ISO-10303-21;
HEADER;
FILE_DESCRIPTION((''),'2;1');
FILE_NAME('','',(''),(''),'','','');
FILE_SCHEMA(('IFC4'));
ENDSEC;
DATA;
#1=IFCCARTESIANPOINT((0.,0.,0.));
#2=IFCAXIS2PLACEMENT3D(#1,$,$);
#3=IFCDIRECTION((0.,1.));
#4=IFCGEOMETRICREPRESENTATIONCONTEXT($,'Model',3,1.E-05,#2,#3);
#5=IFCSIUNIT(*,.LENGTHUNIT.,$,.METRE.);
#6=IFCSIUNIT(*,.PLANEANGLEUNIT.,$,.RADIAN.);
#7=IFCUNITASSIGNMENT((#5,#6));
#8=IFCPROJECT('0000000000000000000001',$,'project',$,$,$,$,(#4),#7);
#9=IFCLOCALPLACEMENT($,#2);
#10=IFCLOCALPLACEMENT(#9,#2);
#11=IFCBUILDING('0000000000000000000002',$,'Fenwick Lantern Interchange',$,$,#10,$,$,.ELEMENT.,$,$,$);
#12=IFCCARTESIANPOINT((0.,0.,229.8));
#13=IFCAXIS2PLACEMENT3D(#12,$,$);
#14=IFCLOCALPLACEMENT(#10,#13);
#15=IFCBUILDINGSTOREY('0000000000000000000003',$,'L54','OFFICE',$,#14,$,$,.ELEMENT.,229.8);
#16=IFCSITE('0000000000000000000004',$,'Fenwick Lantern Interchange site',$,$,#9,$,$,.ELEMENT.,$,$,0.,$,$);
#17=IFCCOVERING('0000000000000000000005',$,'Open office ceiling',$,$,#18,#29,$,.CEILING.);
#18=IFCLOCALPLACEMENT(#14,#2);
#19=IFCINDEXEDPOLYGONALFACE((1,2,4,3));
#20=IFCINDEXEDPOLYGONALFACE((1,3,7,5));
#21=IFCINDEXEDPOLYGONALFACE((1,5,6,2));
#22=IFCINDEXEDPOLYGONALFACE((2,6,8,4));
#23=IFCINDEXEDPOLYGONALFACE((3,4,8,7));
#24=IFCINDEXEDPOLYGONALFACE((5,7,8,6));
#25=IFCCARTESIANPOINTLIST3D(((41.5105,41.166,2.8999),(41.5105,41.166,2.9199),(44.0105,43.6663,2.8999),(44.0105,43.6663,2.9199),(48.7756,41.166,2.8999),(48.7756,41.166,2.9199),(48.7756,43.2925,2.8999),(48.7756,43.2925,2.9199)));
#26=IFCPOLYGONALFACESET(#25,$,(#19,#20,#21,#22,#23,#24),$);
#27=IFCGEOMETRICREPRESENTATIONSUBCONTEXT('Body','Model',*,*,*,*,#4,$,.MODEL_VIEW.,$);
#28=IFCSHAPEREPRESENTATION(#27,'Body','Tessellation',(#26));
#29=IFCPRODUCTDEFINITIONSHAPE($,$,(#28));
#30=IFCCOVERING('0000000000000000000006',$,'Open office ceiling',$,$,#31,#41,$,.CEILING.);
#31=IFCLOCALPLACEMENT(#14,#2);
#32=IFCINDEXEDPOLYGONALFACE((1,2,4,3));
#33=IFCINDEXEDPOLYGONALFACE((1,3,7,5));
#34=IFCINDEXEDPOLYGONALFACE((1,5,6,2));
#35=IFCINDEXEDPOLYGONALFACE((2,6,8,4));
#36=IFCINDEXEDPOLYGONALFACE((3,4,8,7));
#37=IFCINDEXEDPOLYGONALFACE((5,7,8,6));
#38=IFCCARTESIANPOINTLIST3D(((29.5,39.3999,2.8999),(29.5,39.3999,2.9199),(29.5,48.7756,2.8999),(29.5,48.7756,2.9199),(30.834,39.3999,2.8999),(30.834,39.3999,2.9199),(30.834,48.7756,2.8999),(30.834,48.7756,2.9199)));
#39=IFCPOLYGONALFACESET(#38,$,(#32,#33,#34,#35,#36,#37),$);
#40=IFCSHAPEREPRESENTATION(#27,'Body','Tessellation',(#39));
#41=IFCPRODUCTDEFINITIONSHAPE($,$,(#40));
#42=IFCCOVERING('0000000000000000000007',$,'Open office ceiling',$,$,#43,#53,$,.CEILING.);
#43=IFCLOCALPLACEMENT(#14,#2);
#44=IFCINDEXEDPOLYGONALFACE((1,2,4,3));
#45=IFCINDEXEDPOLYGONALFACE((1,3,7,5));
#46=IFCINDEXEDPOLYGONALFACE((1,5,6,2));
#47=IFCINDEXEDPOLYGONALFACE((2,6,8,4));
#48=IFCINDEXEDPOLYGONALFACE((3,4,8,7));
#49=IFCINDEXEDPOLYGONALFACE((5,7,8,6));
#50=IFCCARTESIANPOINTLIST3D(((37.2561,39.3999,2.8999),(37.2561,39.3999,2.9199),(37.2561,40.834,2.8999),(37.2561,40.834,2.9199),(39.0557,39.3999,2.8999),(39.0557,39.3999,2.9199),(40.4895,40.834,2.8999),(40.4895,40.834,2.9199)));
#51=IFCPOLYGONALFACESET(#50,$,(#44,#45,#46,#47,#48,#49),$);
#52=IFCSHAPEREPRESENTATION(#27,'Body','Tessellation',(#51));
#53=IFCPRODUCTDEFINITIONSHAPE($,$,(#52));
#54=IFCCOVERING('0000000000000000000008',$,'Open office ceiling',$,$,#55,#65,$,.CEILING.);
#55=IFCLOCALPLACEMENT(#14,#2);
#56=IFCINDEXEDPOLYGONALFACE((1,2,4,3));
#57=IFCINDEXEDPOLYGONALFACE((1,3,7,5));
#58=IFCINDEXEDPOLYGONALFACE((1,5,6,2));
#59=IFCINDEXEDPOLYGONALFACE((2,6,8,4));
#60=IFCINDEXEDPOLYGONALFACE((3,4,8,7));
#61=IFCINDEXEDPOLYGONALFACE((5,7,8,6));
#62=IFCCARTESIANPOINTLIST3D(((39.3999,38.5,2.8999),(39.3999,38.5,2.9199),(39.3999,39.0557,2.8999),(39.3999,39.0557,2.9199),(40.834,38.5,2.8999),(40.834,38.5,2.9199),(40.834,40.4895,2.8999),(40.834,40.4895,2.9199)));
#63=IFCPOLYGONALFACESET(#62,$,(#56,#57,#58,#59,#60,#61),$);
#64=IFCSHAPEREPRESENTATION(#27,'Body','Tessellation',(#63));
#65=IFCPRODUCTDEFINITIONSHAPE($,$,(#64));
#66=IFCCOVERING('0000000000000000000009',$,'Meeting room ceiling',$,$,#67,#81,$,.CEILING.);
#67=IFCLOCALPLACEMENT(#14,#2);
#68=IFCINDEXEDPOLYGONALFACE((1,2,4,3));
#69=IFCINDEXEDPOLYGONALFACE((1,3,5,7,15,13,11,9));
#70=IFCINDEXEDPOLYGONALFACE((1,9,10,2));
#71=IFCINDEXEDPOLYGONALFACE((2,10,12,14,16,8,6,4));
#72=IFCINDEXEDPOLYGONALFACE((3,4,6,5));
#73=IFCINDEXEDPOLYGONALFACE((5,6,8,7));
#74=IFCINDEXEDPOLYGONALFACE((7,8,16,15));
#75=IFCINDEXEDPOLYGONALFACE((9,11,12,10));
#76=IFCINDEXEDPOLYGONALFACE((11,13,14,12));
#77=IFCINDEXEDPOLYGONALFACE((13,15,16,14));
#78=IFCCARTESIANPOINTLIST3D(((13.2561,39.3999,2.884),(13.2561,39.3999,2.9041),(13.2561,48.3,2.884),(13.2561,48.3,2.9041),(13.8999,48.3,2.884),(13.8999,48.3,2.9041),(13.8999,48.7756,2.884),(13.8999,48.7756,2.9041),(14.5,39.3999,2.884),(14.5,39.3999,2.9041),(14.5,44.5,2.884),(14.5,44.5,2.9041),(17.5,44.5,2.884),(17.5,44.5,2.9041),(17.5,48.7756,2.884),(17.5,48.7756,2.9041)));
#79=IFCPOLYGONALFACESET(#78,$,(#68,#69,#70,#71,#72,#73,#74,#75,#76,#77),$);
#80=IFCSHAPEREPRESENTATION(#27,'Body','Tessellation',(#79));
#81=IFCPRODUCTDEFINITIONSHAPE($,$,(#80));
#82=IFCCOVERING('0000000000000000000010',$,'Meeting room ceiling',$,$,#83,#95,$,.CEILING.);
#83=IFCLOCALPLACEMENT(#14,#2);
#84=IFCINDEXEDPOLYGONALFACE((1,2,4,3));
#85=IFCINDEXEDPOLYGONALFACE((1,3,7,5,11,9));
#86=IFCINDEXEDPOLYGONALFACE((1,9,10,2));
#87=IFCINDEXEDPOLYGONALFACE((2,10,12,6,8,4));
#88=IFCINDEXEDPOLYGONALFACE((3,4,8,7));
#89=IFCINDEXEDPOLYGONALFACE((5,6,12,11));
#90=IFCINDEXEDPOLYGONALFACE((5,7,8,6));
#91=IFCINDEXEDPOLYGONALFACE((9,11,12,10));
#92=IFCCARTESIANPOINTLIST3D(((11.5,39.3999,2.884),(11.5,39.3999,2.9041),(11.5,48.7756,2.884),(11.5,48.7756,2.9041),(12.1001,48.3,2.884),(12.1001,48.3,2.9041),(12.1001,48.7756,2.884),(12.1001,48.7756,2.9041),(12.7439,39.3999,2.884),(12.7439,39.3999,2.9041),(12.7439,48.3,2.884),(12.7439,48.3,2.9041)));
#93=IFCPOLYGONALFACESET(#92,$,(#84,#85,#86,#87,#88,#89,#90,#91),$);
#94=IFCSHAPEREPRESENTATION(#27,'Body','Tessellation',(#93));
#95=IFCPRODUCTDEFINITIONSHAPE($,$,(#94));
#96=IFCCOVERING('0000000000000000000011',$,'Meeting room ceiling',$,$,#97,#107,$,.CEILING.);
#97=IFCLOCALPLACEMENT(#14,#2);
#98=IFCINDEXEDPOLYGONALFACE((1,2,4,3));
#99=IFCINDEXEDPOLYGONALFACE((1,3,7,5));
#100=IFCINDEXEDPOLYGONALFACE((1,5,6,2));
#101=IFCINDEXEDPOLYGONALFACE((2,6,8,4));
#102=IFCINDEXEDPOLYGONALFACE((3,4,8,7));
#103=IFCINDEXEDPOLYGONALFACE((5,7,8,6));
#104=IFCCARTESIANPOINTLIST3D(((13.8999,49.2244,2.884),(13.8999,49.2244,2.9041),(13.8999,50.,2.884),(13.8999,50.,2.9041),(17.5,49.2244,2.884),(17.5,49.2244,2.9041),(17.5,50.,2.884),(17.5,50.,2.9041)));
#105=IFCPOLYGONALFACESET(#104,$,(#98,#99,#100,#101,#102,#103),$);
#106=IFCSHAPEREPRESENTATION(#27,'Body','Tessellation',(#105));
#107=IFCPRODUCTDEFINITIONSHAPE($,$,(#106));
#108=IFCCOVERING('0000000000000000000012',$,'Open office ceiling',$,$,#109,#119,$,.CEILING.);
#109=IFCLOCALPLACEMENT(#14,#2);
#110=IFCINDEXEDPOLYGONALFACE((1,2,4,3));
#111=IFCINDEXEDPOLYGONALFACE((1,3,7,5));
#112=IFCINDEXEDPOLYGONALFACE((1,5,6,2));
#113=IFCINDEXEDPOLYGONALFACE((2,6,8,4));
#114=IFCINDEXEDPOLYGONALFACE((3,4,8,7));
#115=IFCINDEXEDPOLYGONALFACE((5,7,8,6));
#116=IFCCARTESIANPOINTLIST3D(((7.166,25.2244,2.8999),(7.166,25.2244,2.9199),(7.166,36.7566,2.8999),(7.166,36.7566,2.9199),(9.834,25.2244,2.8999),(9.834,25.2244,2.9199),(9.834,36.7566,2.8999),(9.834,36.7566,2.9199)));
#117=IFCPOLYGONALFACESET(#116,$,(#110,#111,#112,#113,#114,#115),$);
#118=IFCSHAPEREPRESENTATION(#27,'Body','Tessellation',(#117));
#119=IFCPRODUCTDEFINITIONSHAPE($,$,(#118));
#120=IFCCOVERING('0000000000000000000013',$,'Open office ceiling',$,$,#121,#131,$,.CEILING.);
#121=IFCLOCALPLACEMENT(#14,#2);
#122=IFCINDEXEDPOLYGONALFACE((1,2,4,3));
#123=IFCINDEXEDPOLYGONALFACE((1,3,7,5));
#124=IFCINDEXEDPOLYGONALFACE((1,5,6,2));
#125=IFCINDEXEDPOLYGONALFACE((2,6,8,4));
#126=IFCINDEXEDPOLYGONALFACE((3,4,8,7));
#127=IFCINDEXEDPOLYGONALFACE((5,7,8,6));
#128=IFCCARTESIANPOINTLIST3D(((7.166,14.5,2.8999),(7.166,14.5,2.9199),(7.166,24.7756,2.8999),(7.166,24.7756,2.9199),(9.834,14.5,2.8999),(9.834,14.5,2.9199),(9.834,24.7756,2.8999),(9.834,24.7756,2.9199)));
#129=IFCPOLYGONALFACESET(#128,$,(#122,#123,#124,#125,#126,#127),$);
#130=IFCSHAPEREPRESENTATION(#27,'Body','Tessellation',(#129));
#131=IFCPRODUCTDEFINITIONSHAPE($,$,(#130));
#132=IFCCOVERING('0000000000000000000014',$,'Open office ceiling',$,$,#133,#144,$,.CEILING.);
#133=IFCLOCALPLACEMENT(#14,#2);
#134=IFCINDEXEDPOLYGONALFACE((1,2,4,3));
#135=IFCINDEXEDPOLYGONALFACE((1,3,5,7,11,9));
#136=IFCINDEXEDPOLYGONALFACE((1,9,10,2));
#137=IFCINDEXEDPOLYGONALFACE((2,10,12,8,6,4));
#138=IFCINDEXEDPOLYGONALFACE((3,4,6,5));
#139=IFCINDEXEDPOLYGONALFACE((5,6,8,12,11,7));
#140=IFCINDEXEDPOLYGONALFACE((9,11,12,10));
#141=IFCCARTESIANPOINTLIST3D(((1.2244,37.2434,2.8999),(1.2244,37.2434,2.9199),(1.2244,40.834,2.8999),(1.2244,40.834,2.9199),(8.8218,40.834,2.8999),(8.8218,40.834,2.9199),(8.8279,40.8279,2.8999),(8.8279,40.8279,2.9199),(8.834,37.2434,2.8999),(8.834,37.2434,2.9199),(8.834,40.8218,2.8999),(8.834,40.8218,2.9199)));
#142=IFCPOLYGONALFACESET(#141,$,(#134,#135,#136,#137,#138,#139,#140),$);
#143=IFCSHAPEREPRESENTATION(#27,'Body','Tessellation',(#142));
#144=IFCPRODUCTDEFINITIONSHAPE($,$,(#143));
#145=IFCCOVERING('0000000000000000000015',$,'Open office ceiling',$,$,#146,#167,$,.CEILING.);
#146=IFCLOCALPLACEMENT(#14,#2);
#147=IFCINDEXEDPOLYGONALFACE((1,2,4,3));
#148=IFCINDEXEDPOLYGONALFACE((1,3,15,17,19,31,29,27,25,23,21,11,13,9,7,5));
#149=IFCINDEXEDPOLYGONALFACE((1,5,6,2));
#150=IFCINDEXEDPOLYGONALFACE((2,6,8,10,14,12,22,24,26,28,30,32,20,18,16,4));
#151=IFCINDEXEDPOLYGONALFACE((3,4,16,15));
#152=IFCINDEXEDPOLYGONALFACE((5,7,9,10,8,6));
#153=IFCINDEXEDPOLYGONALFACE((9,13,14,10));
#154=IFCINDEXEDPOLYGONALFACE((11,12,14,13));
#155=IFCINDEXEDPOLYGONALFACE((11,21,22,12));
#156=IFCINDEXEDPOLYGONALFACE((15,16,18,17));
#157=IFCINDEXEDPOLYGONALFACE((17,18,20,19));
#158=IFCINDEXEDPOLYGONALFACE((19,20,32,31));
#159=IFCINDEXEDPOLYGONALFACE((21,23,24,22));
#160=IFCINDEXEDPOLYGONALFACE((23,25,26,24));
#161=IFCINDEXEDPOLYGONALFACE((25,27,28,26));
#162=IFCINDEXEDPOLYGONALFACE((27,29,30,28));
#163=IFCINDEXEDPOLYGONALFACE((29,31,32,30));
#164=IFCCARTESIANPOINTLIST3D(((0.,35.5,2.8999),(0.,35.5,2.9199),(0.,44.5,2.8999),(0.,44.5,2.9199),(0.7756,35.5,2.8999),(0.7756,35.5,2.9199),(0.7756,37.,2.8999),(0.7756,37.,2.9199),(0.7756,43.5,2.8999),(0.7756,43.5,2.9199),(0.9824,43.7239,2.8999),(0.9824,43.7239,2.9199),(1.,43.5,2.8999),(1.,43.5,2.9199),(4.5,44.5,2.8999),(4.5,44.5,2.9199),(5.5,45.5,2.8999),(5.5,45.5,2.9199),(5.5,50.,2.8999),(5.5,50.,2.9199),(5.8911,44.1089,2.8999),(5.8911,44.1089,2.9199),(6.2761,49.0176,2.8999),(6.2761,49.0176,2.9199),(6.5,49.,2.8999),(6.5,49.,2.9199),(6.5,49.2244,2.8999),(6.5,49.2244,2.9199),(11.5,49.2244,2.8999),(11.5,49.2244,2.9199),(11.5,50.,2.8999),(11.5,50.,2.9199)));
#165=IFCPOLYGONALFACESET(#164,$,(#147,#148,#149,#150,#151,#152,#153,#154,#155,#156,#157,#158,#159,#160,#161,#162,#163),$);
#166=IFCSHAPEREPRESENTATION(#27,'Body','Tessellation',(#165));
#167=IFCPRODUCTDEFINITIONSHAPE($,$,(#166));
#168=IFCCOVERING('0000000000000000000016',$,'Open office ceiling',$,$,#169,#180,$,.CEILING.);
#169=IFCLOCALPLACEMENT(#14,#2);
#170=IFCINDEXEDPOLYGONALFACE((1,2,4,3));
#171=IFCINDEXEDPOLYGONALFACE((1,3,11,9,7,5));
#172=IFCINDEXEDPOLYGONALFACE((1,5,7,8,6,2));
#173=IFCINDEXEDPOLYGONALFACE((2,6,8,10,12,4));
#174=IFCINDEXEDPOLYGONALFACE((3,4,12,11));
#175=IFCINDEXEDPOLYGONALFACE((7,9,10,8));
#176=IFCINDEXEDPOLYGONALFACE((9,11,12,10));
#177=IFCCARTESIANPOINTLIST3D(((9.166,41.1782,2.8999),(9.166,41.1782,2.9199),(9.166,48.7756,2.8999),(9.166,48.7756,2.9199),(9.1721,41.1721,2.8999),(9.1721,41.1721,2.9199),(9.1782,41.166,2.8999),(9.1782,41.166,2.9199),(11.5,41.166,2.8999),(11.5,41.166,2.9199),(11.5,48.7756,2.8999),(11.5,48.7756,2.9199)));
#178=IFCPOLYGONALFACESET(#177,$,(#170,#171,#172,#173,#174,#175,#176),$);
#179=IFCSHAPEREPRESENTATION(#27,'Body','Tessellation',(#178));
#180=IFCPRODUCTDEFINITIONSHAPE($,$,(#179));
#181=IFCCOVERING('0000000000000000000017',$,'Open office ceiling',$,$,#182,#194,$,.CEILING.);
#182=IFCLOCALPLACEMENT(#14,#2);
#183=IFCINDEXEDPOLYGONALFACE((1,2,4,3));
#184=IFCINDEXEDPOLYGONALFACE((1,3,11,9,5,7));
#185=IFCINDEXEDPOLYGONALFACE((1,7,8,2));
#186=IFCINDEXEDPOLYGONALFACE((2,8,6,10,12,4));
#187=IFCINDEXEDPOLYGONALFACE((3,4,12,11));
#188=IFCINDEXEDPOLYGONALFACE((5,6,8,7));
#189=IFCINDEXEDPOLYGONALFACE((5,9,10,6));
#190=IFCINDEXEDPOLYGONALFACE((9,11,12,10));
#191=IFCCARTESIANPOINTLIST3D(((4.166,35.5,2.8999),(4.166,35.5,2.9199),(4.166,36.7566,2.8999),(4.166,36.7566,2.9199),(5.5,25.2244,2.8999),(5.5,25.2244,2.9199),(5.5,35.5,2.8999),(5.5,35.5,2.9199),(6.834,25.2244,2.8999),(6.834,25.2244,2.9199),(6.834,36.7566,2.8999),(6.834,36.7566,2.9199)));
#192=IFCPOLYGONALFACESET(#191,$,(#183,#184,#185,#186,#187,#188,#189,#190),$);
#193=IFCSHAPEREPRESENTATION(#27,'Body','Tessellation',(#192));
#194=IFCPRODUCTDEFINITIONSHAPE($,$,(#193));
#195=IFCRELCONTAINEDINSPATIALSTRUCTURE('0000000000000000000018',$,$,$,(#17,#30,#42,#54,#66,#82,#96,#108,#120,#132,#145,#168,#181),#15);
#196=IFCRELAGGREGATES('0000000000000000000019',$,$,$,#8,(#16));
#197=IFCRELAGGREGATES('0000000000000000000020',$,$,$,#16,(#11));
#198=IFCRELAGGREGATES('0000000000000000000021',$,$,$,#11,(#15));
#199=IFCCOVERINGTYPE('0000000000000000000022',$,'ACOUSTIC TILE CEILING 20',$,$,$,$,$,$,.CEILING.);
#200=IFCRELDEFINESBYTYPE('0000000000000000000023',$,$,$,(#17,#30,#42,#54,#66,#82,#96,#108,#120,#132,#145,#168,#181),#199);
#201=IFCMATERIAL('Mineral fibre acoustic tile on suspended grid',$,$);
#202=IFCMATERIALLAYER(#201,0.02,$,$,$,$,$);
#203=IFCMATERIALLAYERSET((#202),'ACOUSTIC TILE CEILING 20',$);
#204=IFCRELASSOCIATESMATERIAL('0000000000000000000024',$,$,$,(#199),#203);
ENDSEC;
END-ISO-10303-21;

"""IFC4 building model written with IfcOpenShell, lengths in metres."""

from ifc_helpers import new_model, si_unit, direction, frame, origin, place, context, subcontext, project, spatial, polyline, outline, extrude, material, layer, layer_set, type_object, element, save


model = new_model("IFC4")

# Units and contexts
model_context = context("Model", 3, precision=1e-05, world=origin(), true_north=direction((0.0, 1.0)))
body_context = subcontext(model_context, "Body", "Model", "MODEL_VIEW")
ifc_project = project(units=[si_unit("LENGTHUNIT", "METRE"), si_unit("PLANEANGLEUNIT", "RADIAN")], contexts=[model_context])

# Site, building, storey
site_placement = place(None, origin())
site = spatial("IfcSite", under=ifc_project, at=site_placement, Name="Fenwick Lantern Interchange site", CompositionType="ELEMENT", RefElevation=0.0)
building_placement = place(site_placement, origin())
building = spatial("IfcBuilding", under=site, at=building_placement, Name="Fenwick Lantern Interchange", CompositionType="ELEMENT")
storey_placement = place(building_placement, frame((0.0, 0.0, 229.8)))
storey = spatial("IfcBuildingStorey", under=building, at=storey_placement, Name="L54", Description="OFFICE", CompositionType="ELEMENT", Elevation=229.8)

# Coverings
ifc_material_1 = material(Name="Mineral fibre acoustic tile on suspended grid")
ifc_layer_1 = layer(ifc_material_1, 0.02)
ifc_layer_set_1 = layer_set([ifc_layer_1], Name="ACOUSTIC TILE CEILING 20")
covering_type_1 = type_object("IfcCoveringType", Name="ACOUSTIC TILE CEILING 20", PredefinedType="CEILING", material=ifc_layer_set_1)
covering_1_placement = place(storey_placement, frame((0.0, 0.0, 2.8999)))
element("IfcCovering", 1, at=covering_1_placement, inside=storey, type_object=covering_type_1, Name="Open office ceiling", PredefinedType="CEILING", context=body_context, shape_type="SweptSolid", body=[
    extrude(outline(polyline([(48.7756, 41.166), (48.7756, 43.2925), (44.0105, 43.6663), (41.5105, 41.166), (48.7756, 41.166)])), origin(), (0.0, 0.0, 1.0), 0.02),
])
covering_2_placement = place(storey_placement, frame((0.0, 0.0, 2.8999)))
element("IfcCovering", 2, at=covering_2_placement, inside=storey, type_object=covering_type_1, Name="Open office ceiling", PredefinedType="CEILING", context=body_context, shape_type="SweptSolid", body=[
    extrude(outline(polyline([(29.5, 39.3999), (30.834, 39.3999), (30.834, 48.7756), (29.5, 48.7756), (29.5, 39.3999)])), origin(), (0.0, 0.0, 1.0), 0.02),
])
covering_3_placement = place(storey_placement, frame((0.0, 0.0, 2.8999)))
element("IfcCovering", 3, at=covering_3_placement, inside=storey, type_object=covering_type_1, Name="Open office ceiling", PredefinedType="CEILING", context=body_context, shape_type="SweptSolid", body=[
    extrude(outline(polyline([(37.2561, 39.3999), (39.0557, 39.3999), (40.4895, 40.834), (37.2561, 40.834), (37.2561, 39.3999)])), origin(), (0.0, 0.0, 1.0), 0.02),
])
covering_4_placement = place(storey_placement, frame((0.0, 0.0, 2.8999)))
element("IfcCovering", 4, at=covering_4_placement, inside=storey, type_object=covering_type_1, Name="Open office ceiling", PredefinedType="CEILING", context=body_context, shape_type="SweptSolid", body=[
    extrude(outline(polyline([(39.3999, 38.5), (40.834, 38.5), (40.834, 40.4895), (39.3999, 39.0557), (39.3999, 38.5)])), origin(), (0.0, 0.0, 1.0), 0.02),
])
covering_5_placement = place(storey_placement, frame((0.0, 0.0, 2.884)))
element("IfcCovering", 5, at=covering_5_placement, inside=storey, type_object=covering_type_1, Name="Meeting room ceiling", PredefinedType="CEILING", context=body_context, shape_type="SweptSolid", body=[
    extrude(outline(polyline([(13.8999, 48.3), (13.2561, 48.3), (13.2561, 39.3999), (14.5, 39.3999), (14.5, 44.5), (17.5, 44.5), (17.5, 48.7756), (13.8999, 48.7756), (13.8999, 48.3)])), origin(), (0.0, 0.0, 1.0), 0.02),
])
covering_6_placement = place(storey_placement, frame((0.0, 0.0, 2.884)))
element("IfcCovering", 6, at=covering_6_placement, inside=storey, type_object=covering_type_1, Name="Meeting room ceiling", PredefinedType="CEILING", context=body_context, shape_type="SweptSolid", body=[
    extrude(outline(polyline([(12.1001, 48.3), (12.1001, 48.7756), (11.5, 48.7756), (11.5, 39.3999), (12.7439, 39.3999), (12.7439, 48.3), (12.1001, 48.3)])), origin(), (0.0, 0.0, 1.0), 0.02),
])
covering_7_placement = place(storey_placement, frame((0.0, 0.0, 2.884)))
element("IfcCovering", 7, at=covering_7_placement, inside=storey, type_object=covering_type_1, Name="Meeting room ceiling", PredefinedType="CEILING", context=body_context, shape_type="SweptSolid", body=[
    extrude(outline(polyline([(13.8999, 50.0), (13.8999, 49.2244), (17.5, 49.2244), (17.5, 50.0), (13.8999, 50.0)])), origin(), (0.0, 0.0, 1.0), 0.02),
])
covering_8_placement = place(storey_placement, frame((0.0, 0.0, 2.8999)))
element("IfcCovering", 8, at=covering_8_placement, inside=storey, type_object=covering_type_1, Name="Open office ceiling", PredefinedType="CEILING", context=body_context, shape_type="SweptSolid", body=[
    extrude(outline(polyline([(7.166, 36.7566), (7.166, 25.2244), (9.834, 25.2244), (9.834, 36.7566), (7.166, 36.7566)])), origin(), (0.0, 0.0, 1.0), 0.02),
])
covering_9_placement = place(storey_placement, frame((0.0, 0.0, 2.8999)))
element("IfcCovering", 9, at=covering_9_placement, inside=storey, type_object=covering_type_1, Name="Open office ceiling", PredefinedType="CEILING", context=body_context, shape_type="SweptSolid", body=[
    extrude(outline(polyline([(7.166, 14.5), (9.834, 14.5), (9.834, 24.7756), (7.166, 24.7756), (7.166, 14.5)])), origin(), (0.0, 0.0, 1.0), 0.02),
])
covering_10_placement = place(storey_placement, frame((0.0, 0.0, 2.8999)))
element("IfcCovering", 10, at=covering_10_placement, inside=storey, type_object=covering_type_1, Name="Open office ceiling", PredefinedType="CEILING", context=body_context, shape_type="SweptSolid", body=[
    extrude(outline(polyline([(8.8218, 40.834), (1.2244, 40.834), (1.2244, 37.2434), (8.834, 37.2434), (8.834, 40.8218), (8.8279, 40.8279), (8.8218, 40.834)])), origin(), (0.0, 0.0, 1.0), 0.02),
])
covering_11_placement = place(storey_placement, frame((0.0, 0.0, 2.8999)))
element("IfcCovering", 11, at=covering_11_placement, inside=storey, type_object=covering_type_1, Name="Open office ceiling", PredefinedType="CEILING", context=body_context, shape_type="SweptSolid", body=[
    extrude(outline(polyline([(11.5, 49.2244), (11.5, 50.0), (5.5, 50.0), (5.5, 45.5), (4.5, 44.5), (0.0, 44.5), (0.0, 35.5), (0.7756, 35.5), (0.7756, 37.0), (0.7756, 37.0), (0.7756, 43.5), (1.0, 43.5), (0.9824, 43.7239), (5.8911, 44.1089), (6.2761, 49.0176), (6.5, 49.0), (6.5, 49.2244), (11.5, 49.2244)])), origin(), (0.0, 0.0, 1.0), 0.02),
])
covering_12_placement = place(storey_placement, frame((0.0, 0.0, 2.8999)))
element("IfcCovering", 12, at=covering_12_placement, inside=storey, type_object=covering_type_1, Name="Open office ceiling", PredefinedType="CEILING", context=body_context, shape_type="SweptSolid", body=[
    extrude(outline(polyline([(11.5, 41.166), (11.5, 48.7756), (9.166, 48.7756), (9.166, 41.1782), (9.1721, 41.1721), (9.1782, 41.166), (11.5, 41.166)])), origin(), (0.0, 0.0, 1.0), 0.02),
])
covering_13_placement = place(storey_placement, frame((0.0, 0.0, 2.8999)))
element("IfcCovering", 13, at=covering_13_placement, inside=storey, type_object=covering_type_1, Name="Open office ceiling", PredefinedType="CEILING", context=body_context, shape_type="SweptSolid", body=[
    extrude(outline(polyline([(5.5, 35.5), (5.5, 25.2244), (6.834, 25.2244), (6.834, 36.7566), (4.166, 36.7566), (4.166, 35.5), (5.5, 35.5)])), origin(), (0.0, 0.0, 1.0), 0.02),
])

save(model, "model.ifc")
